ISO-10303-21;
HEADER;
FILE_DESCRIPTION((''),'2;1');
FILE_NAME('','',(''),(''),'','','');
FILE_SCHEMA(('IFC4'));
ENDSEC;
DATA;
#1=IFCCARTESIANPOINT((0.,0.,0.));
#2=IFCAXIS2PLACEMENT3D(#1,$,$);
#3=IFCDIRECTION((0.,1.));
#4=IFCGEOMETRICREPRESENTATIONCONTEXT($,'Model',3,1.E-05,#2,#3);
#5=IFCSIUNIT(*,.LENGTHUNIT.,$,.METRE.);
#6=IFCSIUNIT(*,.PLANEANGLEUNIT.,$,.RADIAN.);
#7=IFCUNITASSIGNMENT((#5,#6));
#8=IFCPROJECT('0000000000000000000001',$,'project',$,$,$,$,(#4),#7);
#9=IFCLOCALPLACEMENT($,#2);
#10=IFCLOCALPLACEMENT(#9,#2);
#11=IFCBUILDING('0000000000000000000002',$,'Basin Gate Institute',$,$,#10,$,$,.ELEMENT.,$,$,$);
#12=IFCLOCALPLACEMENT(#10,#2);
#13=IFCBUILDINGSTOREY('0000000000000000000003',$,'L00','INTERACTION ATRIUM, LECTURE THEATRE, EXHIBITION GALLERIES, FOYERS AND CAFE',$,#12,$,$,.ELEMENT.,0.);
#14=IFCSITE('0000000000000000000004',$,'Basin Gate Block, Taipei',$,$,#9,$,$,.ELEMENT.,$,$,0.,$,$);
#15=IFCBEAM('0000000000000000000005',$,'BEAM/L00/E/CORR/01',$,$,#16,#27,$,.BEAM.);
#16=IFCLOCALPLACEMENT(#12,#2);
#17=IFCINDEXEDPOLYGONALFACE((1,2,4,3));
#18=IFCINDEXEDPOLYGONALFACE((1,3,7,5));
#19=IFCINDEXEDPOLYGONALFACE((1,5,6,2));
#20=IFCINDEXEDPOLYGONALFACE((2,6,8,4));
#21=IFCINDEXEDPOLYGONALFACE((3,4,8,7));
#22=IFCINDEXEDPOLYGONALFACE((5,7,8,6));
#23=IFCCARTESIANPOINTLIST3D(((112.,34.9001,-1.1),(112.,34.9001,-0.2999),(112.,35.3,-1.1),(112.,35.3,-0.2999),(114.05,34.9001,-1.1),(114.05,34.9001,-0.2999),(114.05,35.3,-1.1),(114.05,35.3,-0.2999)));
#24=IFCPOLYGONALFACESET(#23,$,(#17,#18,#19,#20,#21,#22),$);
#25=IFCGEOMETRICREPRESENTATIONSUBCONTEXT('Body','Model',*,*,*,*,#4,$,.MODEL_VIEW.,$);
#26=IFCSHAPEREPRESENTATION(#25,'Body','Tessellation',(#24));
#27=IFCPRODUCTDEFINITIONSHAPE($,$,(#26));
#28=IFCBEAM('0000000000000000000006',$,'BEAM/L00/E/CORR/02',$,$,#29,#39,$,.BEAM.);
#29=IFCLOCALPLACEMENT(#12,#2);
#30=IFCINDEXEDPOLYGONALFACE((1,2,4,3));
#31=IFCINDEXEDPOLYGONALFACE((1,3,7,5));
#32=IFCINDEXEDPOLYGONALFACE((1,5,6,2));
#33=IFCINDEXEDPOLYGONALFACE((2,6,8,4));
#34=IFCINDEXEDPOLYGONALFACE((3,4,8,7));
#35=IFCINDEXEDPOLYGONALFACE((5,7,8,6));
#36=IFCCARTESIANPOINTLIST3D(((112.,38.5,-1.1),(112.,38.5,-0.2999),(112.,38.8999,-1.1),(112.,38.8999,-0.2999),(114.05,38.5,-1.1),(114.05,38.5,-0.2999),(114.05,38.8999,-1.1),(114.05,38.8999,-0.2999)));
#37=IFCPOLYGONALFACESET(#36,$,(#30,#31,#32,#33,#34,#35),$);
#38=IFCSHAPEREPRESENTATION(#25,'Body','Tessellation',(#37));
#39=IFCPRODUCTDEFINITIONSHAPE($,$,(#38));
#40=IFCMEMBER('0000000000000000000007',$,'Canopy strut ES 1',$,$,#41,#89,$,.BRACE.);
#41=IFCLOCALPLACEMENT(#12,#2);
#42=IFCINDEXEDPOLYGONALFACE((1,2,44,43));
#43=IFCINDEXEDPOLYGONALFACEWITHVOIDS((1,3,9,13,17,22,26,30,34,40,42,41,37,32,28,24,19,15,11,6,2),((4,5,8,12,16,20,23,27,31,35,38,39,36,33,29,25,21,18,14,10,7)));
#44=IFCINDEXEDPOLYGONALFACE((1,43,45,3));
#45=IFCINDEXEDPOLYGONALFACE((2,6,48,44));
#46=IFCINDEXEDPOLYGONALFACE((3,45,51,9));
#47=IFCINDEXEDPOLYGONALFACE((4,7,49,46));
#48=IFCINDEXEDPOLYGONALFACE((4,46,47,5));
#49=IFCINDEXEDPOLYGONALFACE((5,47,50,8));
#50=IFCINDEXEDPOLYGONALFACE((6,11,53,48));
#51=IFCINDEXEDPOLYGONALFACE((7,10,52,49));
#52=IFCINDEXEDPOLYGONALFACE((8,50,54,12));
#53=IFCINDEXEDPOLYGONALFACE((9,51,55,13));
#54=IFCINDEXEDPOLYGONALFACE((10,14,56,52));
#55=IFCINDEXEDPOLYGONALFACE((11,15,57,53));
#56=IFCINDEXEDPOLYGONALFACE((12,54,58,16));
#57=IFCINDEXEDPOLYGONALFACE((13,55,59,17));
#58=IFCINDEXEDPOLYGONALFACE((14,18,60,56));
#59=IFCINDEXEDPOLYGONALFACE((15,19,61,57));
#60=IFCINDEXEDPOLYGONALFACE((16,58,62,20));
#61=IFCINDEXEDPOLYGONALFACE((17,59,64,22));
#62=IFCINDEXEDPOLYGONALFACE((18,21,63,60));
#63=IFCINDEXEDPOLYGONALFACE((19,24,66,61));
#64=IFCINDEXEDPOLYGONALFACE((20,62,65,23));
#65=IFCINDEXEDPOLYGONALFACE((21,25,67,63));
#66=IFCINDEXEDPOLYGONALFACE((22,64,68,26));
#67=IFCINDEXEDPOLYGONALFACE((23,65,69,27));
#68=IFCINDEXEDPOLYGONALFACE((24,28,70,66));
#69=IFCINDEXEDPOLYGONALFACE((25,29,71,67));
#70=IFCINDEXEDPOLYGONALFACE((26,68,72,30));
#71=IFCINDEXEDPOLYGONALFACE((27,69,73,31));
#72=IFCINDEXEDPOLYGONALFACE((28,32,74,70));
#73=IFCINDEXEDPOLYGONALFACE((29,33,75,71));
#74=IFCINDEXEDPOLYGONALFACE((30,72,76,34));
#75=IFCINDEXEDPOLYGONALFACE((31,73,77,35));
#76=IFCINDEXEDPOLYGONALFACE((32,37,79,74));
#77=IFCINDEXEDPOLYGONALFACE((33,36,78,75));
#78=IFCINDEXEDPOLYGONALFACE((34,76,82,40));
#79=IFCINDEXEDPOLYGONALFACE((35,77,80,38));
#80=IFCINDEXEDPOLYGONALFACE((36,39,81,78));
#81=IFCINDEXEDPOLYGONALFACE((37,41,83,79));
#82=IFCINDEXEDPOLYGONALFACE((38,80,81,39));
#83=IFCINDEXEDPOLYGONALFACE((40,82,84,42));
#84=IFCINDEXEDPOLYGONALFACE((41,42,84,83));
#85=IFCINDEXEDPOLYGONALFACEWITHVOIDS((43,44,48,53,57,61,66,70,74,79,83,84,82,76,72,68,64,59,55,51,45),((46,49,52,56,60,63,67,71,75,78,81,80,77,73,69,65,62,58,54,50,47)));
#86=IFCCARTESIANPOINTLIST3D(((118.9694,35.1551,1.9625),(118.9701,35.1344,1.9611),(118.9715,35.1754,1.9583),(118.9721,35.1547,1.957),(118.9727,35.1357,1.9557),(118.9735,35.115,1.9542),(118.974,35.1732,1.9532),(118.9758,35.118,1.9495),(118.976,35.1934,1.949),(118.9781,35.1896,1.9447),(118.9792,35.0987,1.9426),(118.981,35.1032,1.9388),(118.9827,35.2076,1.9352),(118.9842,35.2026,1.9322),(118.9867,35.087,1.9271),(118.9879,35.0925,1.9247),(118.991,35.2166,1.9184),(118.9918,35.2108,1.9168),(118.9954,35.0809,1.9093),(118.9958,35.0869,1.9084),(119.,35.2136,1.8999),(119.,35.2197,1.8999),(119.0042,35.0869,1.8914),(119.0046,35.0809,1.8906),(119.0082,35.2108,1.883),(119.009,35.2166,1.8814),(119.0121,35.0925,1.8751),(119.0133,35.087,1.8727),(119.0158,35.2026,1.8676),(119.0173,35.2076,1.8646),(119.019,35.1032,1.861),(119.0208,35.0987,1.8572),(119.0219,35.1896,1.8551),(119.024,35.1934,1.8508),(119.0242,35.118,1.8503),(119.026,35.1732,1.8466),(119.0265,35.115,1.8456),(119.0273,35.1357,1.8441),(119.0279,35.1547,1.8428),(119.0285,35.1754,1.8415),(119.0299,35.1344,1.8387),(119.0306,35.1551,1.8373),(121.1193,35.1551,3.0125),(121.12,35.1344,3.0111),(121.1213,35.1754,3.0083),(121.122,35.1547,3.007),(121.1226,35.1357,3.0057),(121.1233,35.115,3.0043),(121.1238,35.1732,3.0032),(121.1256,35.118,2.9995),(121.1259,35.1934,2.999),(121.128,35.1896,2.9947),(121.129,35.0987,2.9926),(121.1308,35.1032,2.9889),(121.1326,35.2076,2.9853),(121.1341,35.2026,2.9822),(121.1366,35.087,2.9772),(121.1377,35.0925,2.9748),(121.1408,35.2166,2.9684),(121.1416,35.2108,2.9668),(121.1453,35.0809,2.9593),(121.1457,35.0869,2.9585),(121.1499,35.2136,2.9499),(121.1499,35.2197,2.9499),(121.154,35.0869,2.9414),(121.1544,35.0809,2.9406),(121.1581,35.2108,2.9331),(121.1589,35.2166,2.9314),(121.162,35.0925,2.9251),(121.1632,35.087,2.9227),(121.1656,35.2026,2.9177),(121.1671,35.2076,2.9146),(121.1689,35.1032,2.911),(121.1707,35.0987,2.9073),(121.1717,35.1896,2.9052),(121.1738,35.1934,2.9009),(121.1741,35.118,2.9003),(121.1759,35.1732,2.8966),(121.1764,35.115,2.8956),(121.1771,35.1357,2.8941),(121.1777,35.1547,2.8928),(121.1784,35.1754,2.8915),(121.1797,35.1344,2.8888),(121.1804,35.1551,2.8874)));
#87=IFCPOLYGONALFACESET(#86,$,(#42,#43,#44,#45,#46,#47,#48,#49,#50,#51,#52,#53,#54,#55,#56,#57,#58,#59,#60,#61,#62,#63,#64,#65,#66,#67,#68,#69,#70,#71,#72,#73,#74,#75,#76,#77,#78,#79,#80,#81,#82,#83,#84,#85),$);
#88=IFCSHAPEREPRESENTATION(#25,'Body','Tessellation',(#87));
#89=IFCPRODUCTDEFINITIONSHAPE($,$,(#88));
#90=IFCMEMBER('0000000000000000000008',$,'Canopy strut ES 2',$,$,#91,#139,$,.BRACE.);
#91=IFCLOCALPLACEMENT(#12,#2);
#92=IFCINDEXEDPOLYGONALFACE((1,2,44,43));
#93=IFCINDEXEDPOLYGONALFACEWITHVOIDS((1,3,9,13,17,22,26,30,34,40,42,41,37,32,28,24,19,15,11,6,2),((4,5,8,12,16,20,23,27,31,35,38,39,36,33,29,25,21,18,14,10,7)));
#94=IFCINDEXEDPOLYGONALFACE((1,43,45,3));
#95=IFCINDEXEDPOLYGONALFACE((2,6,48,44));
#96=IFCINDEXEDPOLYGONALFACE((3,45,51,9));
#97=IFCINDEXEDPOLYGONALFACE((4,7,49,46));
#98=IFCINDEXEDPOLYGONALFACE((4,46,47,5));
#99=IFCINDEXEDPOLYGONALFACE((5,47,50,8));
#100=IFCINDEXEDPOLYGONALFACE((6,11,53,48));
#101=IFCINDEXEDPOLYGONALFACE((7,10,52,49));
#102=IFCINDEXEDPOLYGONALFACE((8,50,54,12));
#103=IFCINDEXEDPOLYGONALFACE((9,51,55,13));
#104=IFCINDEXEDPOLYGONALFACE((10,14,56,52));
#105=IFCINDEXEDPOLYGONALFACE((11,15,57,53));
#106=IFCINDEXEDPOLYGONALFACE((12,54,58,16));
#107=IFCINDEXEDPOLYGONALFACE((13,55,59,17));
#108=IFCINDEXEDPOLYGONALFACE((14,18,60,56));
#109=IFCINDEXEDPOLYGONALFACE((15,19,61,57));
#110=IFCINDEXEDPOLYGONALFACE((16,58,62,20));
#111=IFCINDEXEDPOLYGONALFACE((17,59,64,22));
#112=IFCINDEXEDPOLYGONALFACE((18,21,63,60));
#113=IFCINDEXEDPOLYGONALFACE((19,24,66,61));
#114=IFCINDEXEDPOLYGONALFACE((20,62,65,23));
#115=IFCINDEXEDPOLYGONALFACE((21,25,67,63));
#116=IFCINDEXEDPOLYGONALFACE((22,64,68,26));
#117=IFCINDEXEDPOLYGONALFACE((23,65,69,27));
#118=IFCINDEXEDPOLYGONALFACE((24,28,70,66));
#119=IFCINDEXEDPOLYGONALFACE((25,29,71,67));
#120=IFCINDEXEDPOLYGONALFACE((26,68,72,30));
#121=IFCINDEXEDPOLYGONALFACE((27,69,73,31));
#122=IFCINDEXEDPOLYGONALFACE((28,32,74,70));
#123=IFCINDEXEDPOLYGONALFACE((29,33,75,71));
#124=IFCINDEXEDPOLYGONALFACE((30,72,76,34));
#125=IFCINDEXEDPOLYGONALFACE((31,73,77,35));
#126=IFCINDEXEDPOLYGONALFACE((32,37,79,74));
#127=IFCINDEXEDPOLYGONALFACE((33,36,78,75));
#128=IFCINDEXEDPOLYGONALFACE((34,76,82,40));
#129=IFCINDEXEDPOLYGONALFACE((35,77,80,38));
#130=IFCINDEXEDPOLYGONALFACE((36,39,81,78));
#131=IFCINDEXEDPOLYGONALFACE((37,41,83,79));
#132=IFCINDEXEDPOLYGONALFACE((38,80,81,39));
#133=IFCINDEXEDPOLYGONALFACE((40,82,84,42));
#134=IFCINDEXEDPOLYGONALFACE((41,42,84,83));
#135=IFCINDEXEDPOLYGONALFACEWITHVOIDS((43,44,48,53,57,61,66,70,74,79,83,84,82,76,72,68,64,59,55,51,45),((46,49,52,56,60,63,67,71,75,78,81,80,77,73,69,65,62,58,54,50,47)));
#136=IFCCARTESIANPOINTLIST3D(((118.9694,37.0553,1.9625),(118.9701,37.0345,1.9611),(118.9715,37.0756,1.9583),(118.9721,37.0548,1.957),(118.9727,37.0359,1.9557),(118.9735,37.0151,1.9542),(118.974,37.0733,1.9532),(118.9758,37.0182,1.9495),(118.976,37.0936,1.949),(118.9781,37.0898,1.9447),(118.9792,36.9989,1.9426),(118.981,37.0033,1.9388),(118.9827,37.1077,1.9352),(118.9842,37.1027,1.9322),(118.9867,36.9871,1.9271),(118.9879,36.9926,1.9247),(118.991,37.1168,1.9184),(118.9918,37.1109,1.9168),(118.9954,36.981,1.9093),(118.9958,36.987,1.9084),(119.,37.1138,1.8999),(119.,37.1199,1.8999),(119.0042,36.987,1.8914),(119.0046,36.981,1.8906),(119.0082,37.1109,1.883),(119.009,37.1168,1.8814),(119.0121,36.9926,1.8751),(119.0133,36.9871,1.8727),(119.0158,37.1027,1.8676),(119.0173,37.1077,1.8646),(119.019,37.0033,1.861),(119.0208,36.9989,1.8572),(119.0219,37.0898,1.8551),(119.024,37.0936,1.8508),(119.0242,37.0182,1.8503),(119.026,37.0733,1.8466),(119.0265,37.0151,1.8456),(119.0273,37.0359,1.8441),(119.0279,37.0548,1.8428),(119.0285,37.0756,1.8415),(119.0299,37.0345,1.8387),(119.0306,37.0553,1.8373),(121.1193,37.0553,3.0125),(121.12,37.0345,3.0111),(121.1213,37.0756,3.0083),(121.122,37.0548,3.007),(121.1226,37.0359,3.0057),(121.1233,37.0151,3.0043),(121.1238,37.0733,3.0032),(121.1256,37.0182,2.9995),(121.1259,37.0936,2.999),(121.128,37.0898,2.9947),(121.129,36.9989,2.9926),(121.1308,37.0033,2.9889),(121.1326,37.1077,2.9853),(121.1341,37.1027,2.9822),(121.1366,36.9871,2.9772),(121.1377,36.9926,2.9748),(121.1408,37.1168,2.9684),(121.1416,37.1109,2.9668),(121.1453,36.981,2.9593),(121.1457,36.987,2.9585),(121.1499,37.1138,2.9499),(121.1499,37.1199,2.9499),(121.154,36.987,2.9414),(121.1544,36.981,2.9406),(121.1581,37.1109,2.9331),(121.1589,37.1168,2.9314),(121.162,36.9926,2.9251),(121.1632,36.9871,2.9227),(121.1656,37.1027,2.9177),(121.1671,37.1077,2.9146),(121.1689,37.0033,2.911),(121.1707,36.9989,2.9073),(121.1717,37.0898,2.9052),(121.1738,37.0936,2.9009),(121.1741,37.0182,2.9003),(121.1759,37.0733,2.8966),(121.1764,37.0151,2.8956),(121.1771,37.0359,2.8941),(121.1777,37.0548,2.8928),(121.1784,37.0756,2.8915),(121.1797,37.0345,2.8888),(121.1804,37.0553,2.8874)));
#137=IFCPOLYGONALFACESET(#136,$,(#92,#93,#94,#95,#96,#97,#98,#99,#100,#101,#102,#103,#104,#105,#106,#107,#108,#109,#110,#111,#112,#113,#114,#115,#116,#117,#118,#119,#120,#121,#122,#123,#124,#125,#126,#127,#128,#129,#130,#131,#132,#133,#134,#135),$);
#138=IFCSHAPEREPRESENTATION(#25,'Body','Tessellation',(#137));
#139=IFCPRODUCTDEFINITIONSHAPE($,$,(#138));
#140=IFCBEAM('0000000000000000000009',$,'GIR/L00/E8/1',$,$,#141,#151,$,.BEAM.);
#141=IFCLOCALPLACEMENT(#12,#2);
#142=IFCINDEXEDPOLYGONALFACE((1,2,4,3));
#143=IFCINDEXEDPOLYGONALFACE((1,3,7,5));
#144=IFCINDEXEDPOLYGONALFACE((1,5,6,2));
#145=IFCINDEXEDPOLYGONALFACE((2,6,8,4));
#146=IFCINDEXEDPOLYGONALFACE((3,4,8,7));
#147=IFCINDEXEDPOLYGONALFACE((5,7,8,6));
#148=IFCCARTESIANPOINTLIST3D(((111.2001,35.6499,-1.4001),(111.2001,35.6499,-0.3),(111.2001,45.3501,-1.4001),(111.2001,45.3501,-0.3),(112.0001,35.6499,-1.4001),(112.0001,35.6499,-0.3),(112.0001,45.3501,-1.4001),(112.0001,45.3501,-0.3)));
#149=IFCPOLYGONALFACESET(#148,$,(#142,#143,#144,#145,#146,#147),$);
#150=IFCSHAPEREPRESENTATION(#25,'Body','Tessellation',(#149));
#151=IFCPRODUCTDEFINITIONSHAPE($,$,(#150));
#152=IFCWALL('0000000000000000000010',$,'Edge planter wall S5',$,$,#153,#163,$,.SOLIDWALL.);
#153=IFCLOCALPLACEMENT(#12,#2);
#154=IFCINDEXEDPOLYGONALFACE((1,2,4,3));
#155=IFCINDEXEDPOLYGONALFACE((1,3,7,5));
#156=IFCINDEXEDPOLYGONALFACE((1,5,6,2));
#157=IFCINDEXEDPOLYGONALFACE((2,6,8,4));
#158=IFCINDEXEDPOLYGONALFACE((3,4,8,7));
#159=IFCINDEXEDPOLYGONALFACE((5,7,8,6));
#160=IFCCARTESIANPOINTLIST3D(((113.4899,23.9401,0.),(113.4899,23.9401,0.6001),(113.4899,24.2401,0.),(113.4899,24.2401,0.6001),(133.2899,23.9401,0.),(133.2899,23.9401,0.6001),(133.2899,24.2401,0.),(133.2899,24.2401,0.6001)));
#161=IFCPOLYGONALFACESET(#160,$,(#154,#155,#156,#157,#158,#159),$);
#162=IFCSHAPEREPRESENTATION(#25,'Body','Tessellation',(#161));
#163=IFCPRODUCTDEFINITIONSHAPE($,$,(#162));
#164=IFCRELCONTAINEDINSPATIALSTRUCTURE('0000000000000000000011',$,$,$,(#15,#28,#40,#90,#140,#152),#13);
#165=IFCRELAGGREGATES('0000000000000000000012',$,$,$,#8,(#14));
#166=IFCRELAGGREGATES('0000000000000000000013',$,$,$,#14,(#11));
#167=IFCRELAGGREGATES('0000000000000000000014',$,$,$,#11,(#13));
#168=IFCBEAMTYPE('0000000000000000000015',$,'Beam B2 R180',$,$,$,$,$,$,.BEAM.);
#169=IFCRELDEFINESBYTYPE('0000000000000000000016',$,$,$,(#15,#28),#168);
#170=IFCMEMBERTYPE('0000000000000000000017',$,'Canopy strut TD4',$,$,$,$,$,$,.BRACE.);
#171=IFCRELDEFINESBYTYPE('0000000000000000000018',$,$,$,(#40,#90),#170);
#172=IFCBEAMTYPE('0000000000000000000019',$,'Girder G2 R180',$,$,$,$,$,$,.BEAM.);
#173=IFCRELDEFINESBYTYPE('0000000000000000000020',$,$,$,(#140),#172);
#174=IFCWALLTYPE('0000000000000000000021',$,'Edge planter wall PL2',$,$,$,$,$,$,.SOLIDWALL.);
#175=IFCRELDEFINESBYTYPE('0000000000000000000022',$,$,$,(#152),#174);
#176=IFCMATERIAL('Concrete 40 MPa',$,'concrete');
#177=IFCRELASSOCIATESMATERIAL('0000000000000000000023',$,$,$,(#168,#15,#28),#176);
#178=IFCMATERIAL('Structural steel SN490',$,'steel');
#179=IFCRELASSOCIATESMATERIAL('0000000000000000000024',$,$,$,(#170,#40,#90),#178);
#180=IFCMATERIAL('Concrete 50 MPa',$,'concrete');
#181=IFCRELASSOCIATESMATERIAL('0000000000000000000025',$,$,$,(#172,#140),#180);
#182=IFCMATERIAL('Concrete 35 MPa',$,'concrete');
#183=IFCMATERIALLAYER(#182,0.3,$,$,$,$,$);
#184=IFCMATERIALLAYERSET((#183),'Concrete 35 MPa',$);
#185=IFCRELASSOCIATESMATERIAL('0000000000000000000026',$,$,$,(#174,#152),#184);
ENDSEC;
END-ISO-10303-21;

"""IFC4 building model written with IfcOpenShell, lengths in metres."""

from ifc_helpers import new_model, si_unit, direction, frame, frame_2d, origin, origin_2d, place, context, subcontext, project, spatial, rectangle, hollow_circle, extrude, material, layer, layer_set, material_profile, profile_set, type_object, element, save


model = new_model("IFC4")

# Units and contexts
model_context = context("Model", 3, precision=1e-05, world=origin(), true_north=direction((0.0, 1.0)))
body_context = subcontext(model_context, "Body", "Model", "MODEL_VIEW")
ifc_project = project(units=[si_unit("LENGTHUNIT", "METRE"), si_unit("PLANEANGLEUNIT", "RADIAN")], contexts=[model_context])

# Site, building, storey
site_placement = place(None, origin())
site = spatial("IfcSite", under=ifc_project, at=site_placement, Name="Basin Gate Block, Taipei", CompositionType="ELEMENT", RefElevation=0.0)
building_placement = place(site_placement, origin())
building = spatial("IfcBuilding", under=site, at=building_placement, Name="Basin Gate Institute", CompositionType="ELEMENT")
storey_placement = place(building_placement, origin())
storey = spatial("IfcBuildingStorey", under=building, at=storey_placement, Name="L00", Description="INTERACTION ATRIUM, LECTURE THEATRE, EXHIBITION GALLERIES, FOYERS AND CAFE", CompositionType="ELEMENT", Elevation=0.0)

# Beams
ifc_material_1 = material(Name="Concrete 40 MPa", Category="concrete")
ifc_material_profile_1 = material_profile(ifc_material_1, rectangle(XDim=0.3999, YDim=0.8, at=origin_2d()), Name="Beam B2 400 x 800")
ifc_profile_set_1 = profile_set([ifc_material_profile_1], Name="Concrete 40 MPa")
beam_type_1 = type_object("IfcBeamType", Name="Beam B2 R180", PredefinedType="BEAM", material=ifc_profile_set_1)
for number, where, z_axis, x_axis, name in (
    (1, (114.05, 35.1001, -0.7), (-1.0, 0.0, 0.0), (0.0, -1.0, 0.0), "BEAM/L00/E/CORR/01"),
    (2, (114.05, 38.7, -0.7), (-1.0, 0.0, 0.0), (0.0, -1.0, 0.0), "BEAM/L00/E/CORR/02"),
):
    element("IfcBeam", number, at=place(storey_placement, frame(where, z_axis=z_axis, x_axis=x_axis)), inside=storey, type_object=beam_type_1, material=ifc_profile_set_1, Name=name, PredefinedType="BEAM", context=body_context, shape_type="SweptSolid", body=[
        extrude(rectangle(XDim=0.3999, YDim=0.8, at=origin_2d()), origin(), (0.0, 0.0, 1.0), 2.05),
    ])

# Members
ifc_material_2 = material(Name="Structural steel SN490", Category="steel")
ifc_material_profile_2 = material_profile(ifc_material_2, hollow_circle(Radius=0.0698, WallThickness=0.0061, at=origin_2d()), Name="CHS139x6")
ifc_profile_set_2 = profile_set([ifc_material_profile_2], Name="Structural steel SN490")
member_type = type_object("IfcMemberType", Name="Canopy strut TD4", PredefinedType="BRACE", material=ifc_profile_set_2)
for number, where, z_axis, x_axis, name in (
    (3, (119.0, 35.1499, 1.8999), (0.898552, 0.0, 0.438868), (0.0, 1.0, 0.0), "Canopy strut ES 1"),
    (4, (119.0, 37.05, 1.8999), (0.898552, 0.0, 0.438868), (0.0, 1.0, 0.0), "Canopy strut ES 2"),
):
    element("IfcMember", number, at=place(storey_placement, frame(where, z_axis=z_axis, x_axis=x_axis)), inside=storey, type_object=member_type, material=ifc_profile_set_2, Name=name, PredefinedType="BRACE", context=body_context, shape_type="SweptSolid", body=[
        extrude(hollow_circle(Radius=0.0698, WallThickness=0.0061, at=origin_2d()), origin(), (0.0, 0.0, 1.0), 2.3926),
    ])

# Beam
ifc_material_3 = material(Name="Concrete 50 MPa", Category="concrete")
ifc_material_profile_3 = material_profile(ifc_material_3, rectangle(XDim=0.8, YDim=1.1001, at=origin_2d()), Name="Girder G2 800 x 1100")
ifc_profile_set_3 = profile_set([ifc_material_profile_3], Name="Concrete 50 MPa")
beam_type_2 = type_object("IfcBeamType", Name="Girder G2 R180", PredefinedType="BEAM", material=ifc_profile_set_3)
beam_placement = place(storey_placement, frame((111.6001, 35.6499, -0.8501), z_axis=(0.0, 1.0, 0.0), x_axis=(-1.0, 0.0, 0.0)))
element("IfcBeam", 5, at=beam_placement, inside=storey, type_object=beam_type_2, material=ifc_profile_set_3, Name="GIR/L00/E8/1", PredefinedType="BEAM", context=body_context, shape_type="SweptSolid", body=[
    extrude(rectangle(XDim=0.8, YDim=1.1001, at=origin_2d()), origin(), (0.0, 0.0, 1.0), 9.7002),
])

# Wall
ifc_material_4 = material(Name="Concrete 35 MPa", Category="concrete")
ifc_layer_1 = layer(ifc_material_4, 0.3)
ifc_layer_set_1 = layer_set([ifc_layer_1], Name="Concrete 35 MPa")
wall_type_1 = type_object("IfcWallType", Name="Edge planter wall PL2", PredefinedType="SOLIDWALL", material=ifc_layer_set_1)
wall_1_placement = place(storey_placement, frame((113.49, 24.0901, 0.0), z_axis=(0.0, 0.0, 1.0), x_axis=(1.0, 0.0, 0.0)))
element("IfcWall", 6, at=wall_1_placement, inside=storey, type_object=wall_type_1, material=ifc_layer_set_1, Name="Edge planter wall S5", PredefinedType="SOLIDWALL", context=body_context, shape_type="SweptSolid", body=[
    extrude(rectangle(XDim=19.8, YDim=0.3, at=frame_2d((9.8999, 0.0))), origin(), (0.0, 0.0, 1.0), 0.6001),
])

save(model, "model.ifc")
